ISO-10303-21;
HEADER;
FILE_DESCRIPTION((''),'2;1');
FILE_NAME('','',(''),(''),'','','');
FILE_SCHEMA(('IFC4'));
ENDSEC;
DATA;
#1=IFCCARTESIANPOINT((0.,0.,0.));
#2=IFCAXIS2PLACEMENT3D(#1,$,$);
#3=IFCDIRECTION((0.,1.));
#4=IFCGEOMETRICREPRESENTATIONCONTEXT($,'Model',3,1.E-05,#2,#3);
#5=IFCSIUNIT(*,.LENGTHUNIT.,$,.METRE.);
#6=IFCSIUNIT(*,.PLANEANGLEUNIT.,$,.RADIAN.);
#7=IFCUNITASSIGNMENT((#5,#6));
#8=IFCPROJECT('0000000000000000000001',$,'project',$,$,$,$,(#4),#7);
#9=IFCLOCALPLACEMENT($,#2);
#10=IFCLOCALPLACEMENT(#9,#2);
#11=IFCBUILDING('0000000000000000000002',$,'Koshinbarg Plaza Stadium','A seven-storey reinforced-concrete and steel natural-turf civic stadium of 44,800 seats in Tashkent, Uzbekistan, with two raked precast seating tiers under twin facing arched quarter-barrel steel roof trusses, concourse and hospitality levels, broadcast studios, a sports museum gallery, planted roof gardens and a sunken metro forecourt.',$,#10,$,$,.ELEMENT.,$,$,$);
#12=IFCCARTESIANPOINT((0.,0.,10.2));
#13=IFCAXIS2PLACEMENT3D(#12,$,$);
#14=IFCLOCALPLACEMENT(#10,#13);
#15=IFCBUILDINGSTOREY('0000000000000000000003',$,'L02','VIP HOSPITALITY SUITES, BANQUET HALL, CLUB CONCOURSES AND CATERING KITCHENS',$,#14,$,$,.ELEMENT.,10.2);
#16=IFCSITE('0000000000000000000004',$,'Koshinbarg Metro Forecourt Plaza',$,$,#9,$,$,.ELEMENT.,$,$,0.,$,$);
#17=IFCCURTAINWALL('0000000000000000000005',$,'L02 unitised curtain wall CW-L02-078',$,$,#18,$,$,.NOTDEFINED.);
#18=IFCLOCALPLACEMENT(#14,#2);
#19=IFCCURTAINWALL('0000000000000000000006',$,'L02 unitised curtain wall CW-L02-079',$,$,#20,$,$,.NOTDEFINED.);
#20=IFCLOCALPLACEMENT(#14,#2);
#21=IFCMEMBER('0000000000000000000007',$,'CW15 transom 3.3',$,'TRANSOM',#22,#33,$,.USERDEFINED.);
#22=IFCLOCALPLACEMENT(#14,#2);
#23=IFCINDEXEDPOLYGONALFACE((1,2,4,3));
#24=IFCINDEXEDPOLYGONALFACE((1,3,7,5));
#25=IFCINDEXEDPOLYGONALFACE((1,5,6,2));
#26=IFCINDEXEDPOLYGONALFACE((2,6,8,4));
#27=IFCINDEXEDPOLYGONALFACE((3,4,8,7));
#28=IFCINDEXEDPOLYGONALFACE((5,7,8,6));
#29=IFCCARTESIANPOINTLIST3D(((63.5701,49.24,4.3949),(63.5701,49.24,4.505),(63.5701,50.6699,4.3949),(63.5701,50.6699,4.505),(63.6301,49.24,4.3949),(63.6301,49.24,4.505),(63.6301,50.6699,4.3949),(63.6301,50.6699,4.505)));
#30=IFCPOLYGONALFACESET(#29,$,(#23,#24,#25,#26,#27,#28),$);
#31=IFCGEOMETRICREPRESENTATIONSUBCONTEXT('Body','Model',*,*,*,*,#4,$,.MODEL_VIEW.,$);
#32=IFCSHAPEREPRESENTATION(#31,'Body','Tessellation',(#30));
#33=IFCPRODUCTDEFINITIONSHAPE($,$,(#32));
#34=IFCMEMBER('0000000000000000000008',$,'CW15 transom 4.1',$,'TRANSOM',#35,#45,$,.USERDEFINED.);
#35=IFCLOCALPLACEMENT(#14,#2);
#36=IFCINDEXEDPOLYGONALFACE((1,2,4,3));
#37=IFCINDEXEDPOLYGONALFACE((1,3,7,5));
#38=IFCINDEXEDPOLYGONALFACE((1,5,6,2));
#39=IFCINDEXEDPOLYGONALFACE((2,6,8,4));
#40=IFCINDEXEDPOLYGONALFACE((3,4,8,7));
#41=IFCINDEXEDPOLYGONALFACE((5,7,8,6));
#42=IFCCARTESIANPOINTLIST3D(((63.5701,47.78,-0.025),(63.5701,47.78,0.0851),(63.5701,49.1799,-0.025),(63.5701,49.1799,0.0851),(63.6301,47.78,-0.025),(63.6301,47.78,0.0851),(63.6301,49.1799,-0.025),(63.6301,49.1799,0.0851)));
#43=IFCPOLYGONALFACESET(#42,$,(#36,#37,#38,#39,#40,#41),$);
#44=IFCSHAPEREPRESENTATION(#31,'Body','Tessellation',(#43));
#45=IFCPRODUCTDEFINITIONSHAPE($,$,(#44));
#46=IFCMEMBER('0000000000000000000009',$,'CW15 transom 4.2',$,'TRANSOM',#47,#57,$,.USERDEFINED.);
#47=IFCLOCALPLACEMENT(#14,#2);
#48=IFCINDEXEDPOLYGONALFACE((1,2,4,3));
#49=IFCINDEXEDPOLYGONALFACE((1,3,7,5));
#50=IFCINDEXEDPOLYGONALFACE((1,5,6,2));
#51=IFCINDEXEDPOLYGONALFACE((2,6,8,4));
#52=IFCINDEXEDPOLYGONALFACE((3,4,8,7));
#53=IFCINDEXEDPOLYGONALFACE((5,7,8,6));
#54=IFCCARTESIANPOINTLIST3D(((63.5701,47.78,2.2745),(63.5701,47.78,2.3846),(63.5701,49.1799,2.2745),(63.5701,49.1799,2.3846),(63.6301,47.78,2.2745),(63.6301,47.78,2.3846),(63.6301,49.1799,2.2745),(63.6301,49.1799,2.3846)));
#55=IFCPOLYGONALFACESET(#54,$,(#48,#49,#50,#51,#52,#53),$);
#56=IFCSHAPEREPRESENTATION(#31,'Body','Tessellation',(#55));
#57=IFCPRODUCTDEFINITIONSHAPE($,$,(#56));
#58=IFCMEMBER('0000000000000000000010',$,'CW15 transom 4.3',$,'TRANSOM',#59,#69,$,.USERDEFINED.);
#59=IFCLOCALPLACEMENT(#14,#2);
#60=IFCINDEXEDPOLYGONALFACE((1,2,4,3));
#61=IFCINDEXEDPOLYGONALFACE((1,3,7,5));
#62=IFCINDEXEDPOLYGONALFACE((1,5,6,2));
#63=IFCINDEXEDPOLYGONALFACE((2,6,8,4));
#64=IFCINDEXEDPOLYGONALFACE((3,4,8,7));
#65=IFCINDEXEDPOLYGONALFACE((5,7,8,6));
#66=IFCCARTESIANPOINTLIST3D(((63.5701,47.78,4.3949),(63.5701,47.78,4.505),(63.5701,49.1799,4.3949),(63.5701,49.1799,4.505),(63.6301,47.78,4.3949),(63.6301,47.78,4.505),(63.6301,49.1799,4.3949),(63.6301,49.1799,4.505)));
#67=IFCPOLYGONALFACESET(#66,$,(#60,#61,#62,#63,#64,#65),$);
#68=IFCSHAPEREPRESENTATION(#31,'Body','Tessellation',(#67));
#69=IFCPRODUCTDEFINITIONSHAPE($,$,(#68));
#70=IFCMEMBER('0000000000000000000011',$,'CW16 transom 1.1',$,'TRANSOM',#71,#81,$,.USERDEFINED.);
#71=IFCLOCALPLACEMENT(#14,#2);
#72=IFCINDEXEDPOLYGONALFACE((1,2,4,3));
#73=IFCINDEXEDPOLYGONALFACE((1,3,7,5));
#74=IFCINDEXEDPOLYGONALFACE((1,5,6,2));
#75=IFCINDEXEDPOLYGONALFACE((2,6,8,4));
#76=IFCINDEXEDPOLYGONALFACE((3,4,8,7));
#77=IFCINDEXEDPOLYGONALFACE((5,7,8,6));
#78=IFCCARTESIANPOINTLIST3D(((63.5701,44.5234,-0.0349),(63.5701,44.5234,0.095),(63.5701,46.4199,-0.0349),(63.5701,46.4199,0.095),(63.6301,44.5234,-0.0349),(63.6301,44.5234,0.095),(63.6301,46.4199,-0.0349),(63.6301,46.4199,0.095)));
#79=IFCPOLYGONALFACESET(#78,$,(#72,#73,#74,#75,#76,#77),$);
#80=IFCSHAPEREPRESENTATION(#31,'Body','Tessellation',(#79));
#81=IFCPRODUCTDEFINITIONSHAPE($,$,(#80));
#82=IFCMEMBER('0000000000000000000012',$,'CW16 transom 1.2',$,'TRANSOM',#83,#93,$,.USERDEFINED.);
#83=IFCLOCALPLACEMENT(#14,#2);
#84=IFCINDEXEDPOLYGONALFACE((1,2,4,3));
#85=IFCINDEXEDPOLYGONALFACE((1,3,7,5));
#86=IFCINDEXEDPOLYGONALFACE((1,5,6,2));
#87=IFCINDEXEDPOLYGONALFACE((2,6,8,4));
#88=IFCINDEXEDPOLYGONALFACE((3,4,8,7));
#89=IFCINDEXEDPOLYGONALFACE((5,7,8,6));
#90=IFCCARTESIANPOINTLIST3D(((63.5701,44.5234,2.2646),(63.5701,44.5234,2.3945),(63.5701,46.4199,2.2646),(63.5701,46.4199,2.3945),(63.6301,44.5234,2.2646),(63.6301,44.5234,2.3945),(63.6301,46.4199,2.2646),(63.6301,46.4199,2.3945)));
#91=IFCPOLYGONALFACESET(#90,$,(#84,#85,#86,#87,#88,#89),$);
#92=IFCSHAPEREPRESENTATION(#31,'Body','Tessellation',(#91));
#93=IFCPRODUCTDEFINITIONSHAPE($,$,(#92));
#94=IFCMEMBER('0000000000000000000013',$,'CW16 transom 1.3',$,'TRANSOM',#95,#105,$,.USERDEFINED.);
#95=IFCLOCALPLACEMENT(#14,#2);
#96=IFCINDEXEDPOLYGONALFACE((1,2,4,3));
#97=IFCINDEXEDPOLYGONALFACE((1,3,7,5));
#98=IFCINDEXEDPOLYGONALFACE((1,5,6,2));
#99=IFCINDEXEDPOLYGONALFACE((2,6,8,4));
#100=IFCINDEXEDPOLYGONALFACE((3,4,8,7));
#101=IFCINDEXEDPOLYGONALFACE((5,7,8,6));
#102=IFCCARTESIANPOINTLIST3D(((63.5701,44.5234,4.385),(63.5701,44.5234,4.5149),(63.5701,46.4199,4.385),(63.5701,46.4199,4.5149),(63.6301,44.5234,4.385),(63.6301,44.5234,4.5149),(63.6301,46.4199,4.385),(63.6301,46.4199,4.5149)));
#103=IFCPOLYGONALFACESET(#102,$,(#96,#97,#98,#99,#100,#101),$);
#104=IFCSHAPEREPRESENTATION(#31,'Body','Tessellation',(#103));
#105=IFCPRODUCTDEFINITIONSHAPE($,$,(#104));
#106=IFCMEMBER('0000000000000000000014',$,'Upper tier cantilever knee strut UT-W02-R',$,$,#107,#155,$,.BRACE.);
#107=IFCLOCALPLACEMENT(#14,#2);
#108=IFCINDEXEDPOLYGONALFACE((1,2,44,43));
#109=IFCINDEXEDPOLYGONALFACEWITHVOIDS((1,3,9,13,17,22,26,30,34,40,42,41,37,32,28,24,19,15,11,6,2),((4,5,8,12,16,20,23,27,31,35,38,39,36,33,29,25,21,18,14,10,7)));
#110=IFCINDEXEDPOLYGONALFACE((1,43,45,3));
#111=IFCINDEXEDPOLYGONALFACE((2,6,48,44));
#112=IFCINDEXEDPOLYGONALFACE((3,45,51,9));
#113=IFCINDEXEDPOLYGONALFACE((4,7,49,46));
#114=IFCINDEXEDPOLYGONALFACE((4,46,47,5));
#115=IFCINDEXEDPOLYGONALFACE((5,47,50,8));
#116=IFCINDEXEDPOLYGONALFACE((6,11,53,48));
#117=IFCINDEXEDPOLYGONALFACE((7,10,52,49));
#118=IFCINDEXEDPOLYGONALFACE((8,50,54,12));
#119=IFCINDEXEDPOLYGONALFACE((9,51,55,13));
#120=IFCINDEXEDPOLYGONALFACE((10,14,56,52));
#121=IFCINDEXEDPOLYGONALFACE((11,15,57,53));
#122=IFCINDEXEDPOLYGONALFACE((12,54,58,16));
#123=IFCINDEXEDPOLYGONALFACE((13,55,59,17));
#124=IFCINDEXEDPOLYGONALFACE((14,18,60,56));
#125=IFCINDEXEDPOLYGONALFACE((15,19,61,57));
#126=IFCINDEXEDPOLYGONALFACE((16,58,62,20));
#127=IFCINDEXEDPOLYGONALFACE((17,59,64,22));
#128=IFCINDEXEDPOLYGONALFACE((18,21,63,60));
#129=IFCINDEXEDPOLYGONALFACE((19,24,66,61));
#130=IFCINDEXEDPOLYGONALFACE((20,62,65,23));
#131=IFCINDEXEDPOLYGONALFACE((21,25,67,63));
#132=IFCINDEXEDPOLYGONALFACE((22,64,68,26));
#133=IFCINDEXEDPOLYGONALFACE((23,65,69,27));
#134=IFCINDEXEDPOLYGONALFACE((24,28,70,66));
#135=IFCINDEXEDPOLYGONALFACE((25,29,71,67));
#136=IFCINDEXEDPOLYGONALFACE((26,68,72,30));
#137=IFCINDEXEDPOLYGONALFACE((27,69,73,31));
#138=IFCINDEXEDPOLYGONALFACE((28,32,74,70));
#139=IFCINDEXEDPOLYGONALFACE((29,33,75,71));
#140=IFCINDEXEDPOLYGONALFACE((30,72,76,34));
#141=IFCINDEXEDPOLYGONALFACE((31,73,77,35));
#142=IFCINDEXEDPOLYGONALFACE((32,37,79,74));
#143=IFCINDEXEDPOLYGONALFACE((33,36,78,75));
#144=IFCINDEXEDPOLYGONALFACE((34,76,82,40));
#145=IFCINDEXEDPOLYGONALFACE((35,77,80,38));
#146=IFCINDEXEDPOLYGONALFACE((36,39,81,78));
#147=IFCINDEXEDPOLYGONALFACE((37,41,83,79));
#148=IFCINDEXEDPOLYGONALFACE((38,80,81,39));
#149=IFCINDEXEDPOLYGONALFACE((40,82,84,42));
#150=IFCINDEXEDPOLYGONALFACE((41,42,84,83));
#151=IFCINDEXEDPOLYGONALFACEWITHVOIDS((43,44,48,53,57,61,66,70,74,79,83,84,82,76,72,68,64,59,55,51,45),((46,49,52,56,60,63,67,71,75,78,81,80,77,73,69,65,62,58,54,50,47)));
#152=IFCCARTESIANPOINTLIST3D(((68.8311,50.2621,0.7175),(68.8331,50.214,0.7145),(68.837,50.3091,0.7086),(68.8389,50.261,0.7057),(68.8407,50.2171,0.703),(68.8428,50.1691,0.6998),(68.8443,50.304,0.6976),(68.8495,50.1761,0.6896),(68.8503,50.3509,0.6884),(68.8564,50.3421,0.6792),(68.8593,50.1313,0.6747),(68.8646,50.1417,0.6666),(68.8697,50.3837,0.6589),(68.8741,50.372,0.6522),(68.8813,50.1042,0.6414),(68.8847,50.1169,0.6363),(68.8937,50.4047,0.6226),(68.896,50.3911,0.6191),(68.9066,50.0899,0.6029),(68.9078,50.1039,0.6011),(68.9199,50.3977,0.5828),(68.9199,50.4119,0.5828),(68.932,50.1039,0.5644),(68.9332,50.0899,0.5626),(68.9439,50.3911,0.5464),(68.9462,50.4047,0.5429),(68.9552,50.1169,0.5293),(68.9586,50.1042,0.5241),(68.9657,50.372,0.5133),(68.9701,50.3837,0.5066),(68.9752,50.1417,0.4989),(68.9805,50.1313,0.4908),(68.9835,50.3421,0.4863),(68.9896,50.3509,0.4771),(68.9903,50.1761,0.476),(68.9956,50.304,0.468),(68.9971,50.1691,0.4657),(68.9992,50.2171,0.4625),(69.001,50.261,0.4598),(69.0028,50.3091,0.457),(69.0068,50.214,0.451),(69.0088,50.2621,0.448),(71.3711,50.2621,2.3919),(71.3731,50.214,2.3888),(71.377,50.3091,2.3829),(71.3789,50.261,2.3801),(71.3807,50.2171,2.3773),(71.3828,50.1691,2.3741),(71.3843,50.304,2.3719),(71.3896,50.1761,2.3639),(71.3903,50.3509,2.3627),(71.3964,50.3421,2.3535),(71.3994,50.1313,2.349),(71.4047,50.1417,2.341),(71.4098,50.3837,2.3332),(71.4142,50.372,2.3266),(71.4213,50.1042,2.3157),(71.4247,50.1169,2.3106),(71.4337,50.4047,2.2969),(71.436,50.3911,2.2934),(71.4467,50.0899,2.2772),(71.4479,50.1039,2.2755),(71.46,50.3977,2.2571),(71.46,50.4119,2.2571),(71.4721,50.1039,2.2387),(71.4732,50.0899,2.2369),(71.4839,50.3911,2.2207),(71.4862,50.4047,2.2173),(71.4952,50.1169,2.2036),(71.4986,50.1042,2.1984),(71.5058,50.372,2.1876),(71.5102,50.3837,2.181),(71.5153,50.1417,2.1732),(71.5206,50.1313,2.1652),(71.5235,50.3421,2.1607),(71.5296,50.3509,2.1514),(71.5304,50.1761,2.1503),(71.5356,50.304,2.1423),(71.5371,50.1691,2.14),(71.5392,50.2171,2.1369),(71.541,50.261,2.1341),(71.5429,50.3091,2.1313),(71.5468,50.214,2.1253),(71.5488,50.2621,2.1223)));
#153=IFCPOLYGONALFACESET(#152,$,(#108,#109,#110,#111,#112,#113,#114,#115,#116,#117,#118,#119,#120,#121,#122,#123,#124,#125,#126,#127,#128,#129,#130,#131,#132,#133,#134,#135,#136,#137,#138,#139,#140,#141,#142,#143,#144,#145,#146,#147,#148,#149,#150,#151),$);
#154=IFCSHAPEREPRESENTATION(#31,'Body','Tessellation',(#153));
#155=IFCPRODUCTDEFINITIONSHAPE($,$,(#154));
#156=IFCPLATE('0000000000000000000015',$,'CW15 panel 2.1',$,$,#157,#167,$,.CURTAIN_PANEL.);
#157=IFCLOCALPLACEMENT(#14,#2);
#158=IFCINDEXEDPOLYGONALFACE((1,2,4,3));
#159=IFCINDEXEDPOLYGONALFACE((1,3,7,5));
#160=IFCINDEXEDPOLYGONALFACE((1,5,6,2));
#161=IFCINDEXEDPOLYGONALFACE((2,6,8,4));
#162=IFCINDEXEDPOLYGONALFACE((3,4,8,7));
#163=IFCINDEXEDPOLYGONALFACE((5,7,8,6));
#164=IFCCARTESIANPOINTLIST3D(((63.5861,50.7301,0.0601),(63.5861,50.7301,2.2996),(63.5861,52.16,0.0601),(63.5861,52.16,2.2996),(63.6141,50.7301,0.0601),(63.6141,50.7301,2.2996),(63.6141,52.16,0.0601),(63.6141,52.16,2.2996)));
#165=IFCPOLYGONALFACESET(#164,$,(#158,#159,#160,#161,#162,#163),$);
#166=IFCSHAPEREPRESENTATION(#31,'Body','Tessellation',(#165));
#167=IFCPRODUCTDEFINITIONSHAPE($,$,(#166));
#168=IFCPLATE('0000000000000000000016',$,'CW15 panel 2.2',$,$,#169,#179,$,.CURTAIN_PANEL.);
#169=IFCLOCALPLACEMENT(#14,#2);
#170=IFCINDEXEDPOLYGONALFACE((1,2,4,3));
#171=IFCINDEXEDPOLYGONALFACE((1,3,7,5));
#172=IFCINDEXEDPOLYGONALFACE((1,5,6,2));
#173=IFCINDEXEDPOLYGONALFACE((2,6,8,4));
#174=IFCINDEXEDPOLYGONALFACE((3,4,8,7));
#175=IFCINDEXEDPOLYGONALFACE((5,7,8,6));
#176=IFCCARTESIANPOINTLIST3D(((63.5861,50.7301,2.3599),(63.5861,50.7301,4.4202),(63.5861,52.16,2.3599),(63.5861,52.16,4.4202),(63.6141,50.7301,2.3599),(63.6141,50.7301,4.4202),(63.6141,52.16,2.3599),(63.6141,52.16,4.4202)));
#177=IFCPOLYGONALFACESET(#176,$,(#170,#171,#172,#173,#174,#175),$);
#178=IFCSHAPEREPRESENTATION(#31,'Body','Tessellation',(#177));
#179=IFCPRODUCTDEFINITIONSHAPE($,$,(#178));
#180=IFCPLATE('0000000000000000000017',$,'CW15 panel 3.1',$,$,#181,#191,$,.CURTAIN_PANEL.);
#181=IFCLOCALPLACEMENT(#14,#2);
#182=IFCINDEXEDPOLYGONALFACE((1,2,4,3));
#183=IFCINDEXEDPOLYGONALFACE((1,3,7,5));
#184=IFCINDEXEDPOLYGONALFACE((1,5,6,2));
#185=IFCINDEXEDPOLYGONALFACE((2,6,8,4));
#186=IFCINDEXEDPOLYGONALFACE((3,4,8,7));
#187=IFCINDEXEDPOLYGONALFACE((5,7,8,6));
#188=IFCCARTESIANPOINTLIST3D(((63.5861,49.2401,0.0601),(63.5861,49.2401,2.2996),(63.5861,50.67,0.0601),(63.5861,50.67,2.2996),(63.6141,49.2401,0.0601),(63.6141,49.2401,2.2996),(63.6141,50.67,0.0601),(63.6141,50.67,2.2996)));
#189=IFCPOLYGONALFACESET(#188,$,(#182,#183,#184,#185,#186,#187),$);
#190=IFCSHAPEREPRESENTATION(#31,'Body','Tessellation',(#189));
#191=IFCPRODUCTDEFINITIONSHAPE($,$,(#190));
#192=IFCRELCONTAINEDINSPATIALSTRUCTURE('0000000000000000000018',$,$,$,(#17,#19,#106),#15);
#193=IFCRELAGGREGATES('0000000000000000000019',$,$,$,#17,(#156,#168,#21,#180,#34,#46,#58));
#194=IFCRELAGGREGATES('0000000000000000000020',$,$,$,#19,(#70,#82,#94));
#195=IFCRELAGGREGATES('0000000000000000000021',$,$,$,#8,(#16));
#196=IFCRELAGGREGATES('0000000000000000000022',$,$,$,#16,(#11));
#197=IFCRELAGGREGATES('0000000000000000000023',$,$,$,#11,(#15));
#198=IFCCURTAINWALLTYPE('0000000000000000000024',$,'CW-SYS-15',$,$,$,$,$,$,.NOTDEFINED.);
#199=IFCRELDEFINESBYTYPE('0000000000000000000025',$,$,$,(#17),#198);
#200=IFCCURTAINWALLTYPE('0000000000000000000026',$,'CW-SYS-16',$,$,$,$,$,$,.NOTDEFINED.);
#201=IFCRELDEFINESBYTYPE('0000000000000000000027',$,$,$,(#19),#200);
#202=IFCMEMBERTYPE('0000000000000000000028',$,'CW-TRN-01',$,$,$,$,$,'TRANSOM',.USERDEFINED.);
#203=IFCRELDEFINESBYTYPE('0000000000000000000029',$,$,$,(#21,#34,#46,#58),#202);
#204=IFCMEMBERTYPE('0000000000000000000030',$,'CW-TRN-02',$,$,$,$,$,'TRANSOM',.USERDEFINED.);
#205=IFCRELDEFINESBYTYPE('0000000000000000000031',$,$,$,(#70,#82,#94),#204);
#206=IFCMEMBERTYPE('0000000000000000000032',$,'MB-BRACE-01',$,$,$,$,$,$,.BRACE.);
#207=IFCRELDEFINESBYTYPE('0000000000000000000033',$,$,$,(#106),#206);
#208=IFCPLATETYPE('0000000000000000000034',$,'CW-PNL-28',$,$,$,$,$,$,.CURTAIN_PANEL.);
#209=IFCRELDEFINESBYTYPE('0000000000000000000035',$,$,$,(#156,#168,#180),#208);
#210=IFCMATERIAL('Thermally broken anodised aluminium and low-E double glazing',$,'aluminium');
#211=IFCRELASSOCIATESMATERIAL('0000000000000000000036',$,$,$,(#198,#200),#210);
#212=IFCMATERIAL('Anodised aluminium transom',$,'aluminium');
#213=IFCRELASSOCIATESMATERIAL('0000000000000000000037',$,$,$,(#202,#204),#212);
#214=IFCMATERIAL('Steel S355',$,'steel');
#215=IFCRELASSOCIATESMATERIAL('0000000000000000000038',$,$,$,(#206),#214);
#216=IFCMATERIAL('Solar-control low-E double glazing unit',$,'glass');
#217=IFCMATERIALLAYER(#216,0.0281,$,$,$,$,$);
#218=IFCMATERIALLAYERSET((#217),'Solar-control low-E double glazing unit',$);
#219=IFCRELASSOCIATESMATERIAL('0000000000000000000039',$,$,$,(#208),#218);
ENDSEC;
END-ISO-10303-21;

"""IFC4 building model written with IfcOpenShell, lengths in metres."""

from ifc_helpers import new_model, si_unit, direction, frame, origin, origin_2d, place, context, subcontext, project, spatial, rectangle, hollow_circle, extrude, material, layer, layer_set, material_profile, profile_set, type_object, element, aggregate, save


model = new_model("IFC4")

# Units and contexts
model_context = context("Model", 3, precision=1e-05, world=origin(), true_north=direction((0.0, 1.0)))
body_context = subcontext(model_context, "Body", "Model", "MODEL_VIEW")
ifc_project = project(units=[si_unit("LENGTHUNIT", "METRE"), si_unit("PLANEANGLEUNIT", "RADIAN")], contexts=[model_context])

# Site, building, storey
site_placement = place(None, origin())
site = spatial("IfcSite", under=ifc_project, at=site_placement, Name="Koshinbarg Metro Forecourt Plaza", CompositionType="ELEMENT", RefElevation=0.0)
building_placement = place(site_placement, origin())
building = spatial("IfcBuilding", under=site, at=building_placement, Name="Koshinbarg Plaza Stadium", Description="A seven-storey reinforced-concrete and steel natural-turf civic stadium of 44,800 seats in Tashkent, Uzbekistan, with two raked precast seating tiers under twin facing arched quarter-barrel steel roof trusses, concourse and hospitality levels, broadcast studios, a sports museum gallery, planted roof gardens and a sunken metro forecourt.", CompositionType="ELEMENT")
storey_placement = place(building_placement, frame((0.0, 0.0, 10.2)))
storey = spatial("IfcBuildingStorey", under=building, at=storey_placement, Name="L02", Description="VIP HOSPITALITY SUITES, BANQUET HALL, CLUB CONCOURSES AND CATERING KITCHENS", CompositionType="ELEMENT", Elevation=10.2)

# Curtain walls
ifc_material_1 = material(Name="Thermally broken anodised aluminium and low-E double glazing", Category="aluminium")
curtain_wall_type_1 = type_object("IfcCurtainWallType", Name="CW-SYS-15", PredefinedType="NOTDEFINED", material=ifc_material_1)
curtain_wall_1_placement = place(storey_placement, origin())
curtain_wall_1 = element("IfcCurtainWall", 1, at=curtain_wall_1_placement, inside=storey, type_object=curtain_wall_type_1, Name="L02 unitised curtain wall CW-L02-078", PredefinedType="NOTDEFINED")
curtain_wall_type_2 = type_object("IfcCurtainWallType", Name="CW-SYS-16", PredefinedType="NOTDEFINED", material=ifc_material_1)
curtain_wall_2_placement = place(storey_placement, origin())
curtain_wall_2 = element("IfcCurtainWall", 2, at=curtain_wall_2_placement, inside=storey, type_object=curtain_wall_type_2, Name="L02 unitised curtain wall CW-L02-079", PredefinedType="NOTDEFINED")

# Members
ifc_material_2 = material(Name="Anodised aluminium transom", Category="aluminium")
ifc_material_profile_1 = material_profile(ifc_material_2, rectangle(XDim=0.0601, YDim=0.1101, at=origin_2d()), Name="ALU 60x110")
ifc_profile_set_1 = profile_set([ifc_material_profile_1], Name="Anodised aluminium transom")
member_type_1 = type_object("IfcMemberType", Name="CW-TRN-01", ElementType="TRANSOM", PredefinedType="USERDEFINED", material=ifc_profile_set_1)
member_1_placement = place(storey_placement, frame((63.6001, 50.6699, 4.45), z_axis=(0.0, -1.0, 0.0), x_axis=(1.0, 0.0, 0.0)))
member_1 = element("IfcMember", 3, at=member_1_placement, type_object=member_type_1, Name="CW15 transom 3.3", ObjectType="TRANSOM", PredefinedType="USERDEFINED", context=body_context, shape_type="SweptSolid", body=[
    extrude(rectangle(XDim=0.0601, YDim=0.1101, at=origin_2d()), origin(), (0.0, 0.0, 1.0), 1.4299),
])
member_2_placement = place(storey_placement, frame((63.6001, 49.1799, 0.03), z_axis=(0.0, -1.0, 0.0), x_axis=(1.0, 0.0, 0.0)))
member_2 = element("IfcMember", 4, at=member_2_placement, type_object=member_type_1, Name="CW15 transom 4.1", ObjectType="TRANSOM", PredefinedType="USERDEFINED", context=body_context, shape_type="SweptSolid", body=[
    extrude(rectangle(XDim=0.0601, YDim=0.1101, at=origin_2d()), origin(), (0.0, 0.0, 1.0), 1.3999),
])
member_3_placement = place(storey_placement, frame((63.6001, 49.1799, 2.3296), z_axis=(0.0, -1.0, 0.0), x_axis=(1.0, 0.0, 0.0)))
member_3 = element("IfcMember", 5, at=member_3_placement, type_object=member_type_1, Name="CW15 transom 4.2", ObjectType="TRANSOM", PredefinedType="USERDEFINED", context=body_context, shape_type="SweptSolid", body=[
    extrude(rectangle(XDim=0.0601, YDim=0.1101, at=origin_2d()), origin(), (0.0, 0.0, 1.0), 1.3999),
])
member_4_placement = place(storey_placement, frame((63.6001, 49.1799, 4.45), z_axis=(0.0, -1.0, 0.0), x_axis=(1.0, 0.0, 0.0)))
member_4 = element("IfcMember", 6, at=member_4_placement, type_object=member_type_1, Name="CW15 transom 4.3", ObjectType="TRANSOM", PredefinedType="USERDEFINED", context=body_context, shape_type="SweptSolid", body=[
    extrude(rectangle(XDim=0.0601, YDim=0.1101, at=origin_2d()), origin(), (0.0, 0.0, 1.0), 1.3999),
])
ifc_material_profile_2 = material_profile(ifc_material_2, rectangle(XDim=0.0601, YDim=0.1299, at=origin_2d()), Name="ALU 60x130")
ifc_profile_set_2 = profile_set([ifc_material_profile_2], Name="Anodised aluminium transom")
member_type_2 = type_object("IfcMemberType", Name="CW-TRN-02", ElementType="TRANSOM", PredefinedType="USERDEFINED", material=ifc_profile_set_2)
member_5_placement = place(storey_placement, frame((63.6001, 46.4199, 0.03), z_axis=(0.0, -1.0, 0.0), x_axis=(1.0, 0.0, 0.0)))
member_5 = element("IfcMember", 7, at=member_5_placement, type_object=member_type_2, Name="CW16 transom 1.1", ObjectType="TRANSOM", PredefinedType="USERDEFINED", context=body_context, shape_type="SweptSolid", body=[
    extrude(rectangle(XDim=0.0601, YDim=0.1299, at=origin_2d()), origin(), (0.0, 0.0, 1.0), 1.8965),
])
member_6_placement = place(storey_placement, frame((63.6001, 46.4199, 2.3296), z_axis=(0.0, -1.0, 0.0), x_axis=(1.0, 0.0, 0.0)))
member_6 = element("IfcMember", 8, at=member_6_placement, type_object=member_type_2, Name="CW16 transom 1.2", ObjectType="TRANSOM", PredefinedType="USERDEFINED", context=body_context, shape_type="SweptSolid", body=[
    extrude(rectangle(XDim=0.0601, YDim=0.1299, at=origin_2d()), origin(), (0.0, 0.0, 1.0), 1.8965),
])
member_7_placement = place(storey_placement, frame((63.6001, 46.4199, 4.45), z_axis=(0.0, -1.0, 0.0), x_axis=(1.0, 0.0, 0.0)))
member_7 = element("IfcMember", 9, at=member_7_placement, type_object=member_type_2, Name="CW16 transom 1.3", ObjectType="TRANSOM", PredefinedType="USERDEFINED", context=body_context, shape_type="SweptSolid", body=[
    extrude(rectangle(XDim=0.0601, YDim=0.1299, at=origin_2d()), origin(), (0.0, 0.0, 1.0), 1.8965),
])
ifc_material_3 = material(Name="Steel S355", Category="steel")
ifc_material_profile_3 = material_profile(ifc_material_3, hollow_circle(Radius=0.1619, WallThickness=0.0142, at=origin_2d()), Name="CHS 323.9x14.2")
ifc_profile_set_3 = profile_set([ifc_material_profile_3], Name="Steel S355")
member_type_3 = type_object("IfcMemberType", Name="MB-BRACE-01", PredefinedType="BRACE", material=ifc_profile_set_3)
member_8_placement = place(storey_placement, frame((68.9199, 50.25, 0.5828), z_axis=(0.834928, 0.0, 0.550359), x_axis=(0.0, 1.0, 0.0)))
element("IfcMember", 10, at=member_8_placement, inside=storey, type_object=member_type_3, Name="Upper tier cantilever knee strut UT-W02-R", PredefinedType="BRACE", context=body_context, shape_type="SweptSolid", body=[
    extrude(hollow_circle(Radius=0.1619, WallThickness=0.0142, at=origin_2d()), origin(), (0.0, 0.0, 1.0), 3.0422),
])

# Plates
ifc_material_4 = material(Name="Solar-control low-E double glazing unit", Category="glass")
ifc_layer_1 = layer(ifc_material_4, 0.0281)
ifc_layer_set_1 = layer_set([ifc_layer_1], Name="Solar-control low-E double glazing unit")
plate_type_1 = type_object("IfcPlateType", Name="CW-PNL-28", PredefinedType="CURTAIN_PANEL", material=ifc_layer_set_1)
plate_1_placement = place(storey_placement, frame((63.6001, 51.4451, 0.0601), z_axis=(0.0, 0.0, 1.0), x_axis=(0.0, -1.0, 0.0)))
plate_1 = element("IfcPlate", 11, at=plate_1_placement, type_object=plate_type_1, Name="CW15 panel 2.1", PredefinedType="CURTAIN_PANEL", context=body_context, shape_type="SweptSolid", body=[
    extrude(rectangle(XDim=1.4299, YDim=0.0281, at=origin_2d()), origin(), (0.0, 0.0, 1.0), 2.2395),
])
plate_2_placement = place(storey_placement, frame((63.6001, 51.4451, 2.3599), z_axis=(0.0, 0.0, 1.0), x_axis=(0.0, -1.0, 0.0)))
plate_2 = element("IfcPlate", 12, at=plate_2_placement, type_object=plate_type_1, Name="CW15 panel 2.2", PredefinedType="CURTAIN_PANEL", context=body_context, shape_type="SweptSolid", body=[
    extrude(rectangle(XDim=1.4299, YDim=0.0281, at=origin_2d()), origin(), (0.0, 0.0, 1.0), 2.0603),
])
plate_3_placement = place(storey_placement, frame((63.6001, 49.9551, 0.0601), z_axis=(0.0, 0.0, 1.0), x_axis=(0.0, -1.0, 0.0)))
plate_3 = element("IfcPlate", 13, at=plate_3_placement, type_object=plate_type_1, Name="CW15 panel 3.1", PredefinedType="CURTAIN_PANEL", context=body_context, shape_type="SweptSolid", body=[
    extrude(rectangle(XDim=1.4299, YDim=0.0281, at=origin_2d()), origin(), (0.0, 0.0, 1.0), 2.2395),
])
aggregate(curtain_wall_1, [plate_1, plate_2, member_1, plate_3, member_2, member_3, member_4])
aggregate(curtain_wall_2, [member_5, member_6, member_7])

save(model, "model.ifc")
